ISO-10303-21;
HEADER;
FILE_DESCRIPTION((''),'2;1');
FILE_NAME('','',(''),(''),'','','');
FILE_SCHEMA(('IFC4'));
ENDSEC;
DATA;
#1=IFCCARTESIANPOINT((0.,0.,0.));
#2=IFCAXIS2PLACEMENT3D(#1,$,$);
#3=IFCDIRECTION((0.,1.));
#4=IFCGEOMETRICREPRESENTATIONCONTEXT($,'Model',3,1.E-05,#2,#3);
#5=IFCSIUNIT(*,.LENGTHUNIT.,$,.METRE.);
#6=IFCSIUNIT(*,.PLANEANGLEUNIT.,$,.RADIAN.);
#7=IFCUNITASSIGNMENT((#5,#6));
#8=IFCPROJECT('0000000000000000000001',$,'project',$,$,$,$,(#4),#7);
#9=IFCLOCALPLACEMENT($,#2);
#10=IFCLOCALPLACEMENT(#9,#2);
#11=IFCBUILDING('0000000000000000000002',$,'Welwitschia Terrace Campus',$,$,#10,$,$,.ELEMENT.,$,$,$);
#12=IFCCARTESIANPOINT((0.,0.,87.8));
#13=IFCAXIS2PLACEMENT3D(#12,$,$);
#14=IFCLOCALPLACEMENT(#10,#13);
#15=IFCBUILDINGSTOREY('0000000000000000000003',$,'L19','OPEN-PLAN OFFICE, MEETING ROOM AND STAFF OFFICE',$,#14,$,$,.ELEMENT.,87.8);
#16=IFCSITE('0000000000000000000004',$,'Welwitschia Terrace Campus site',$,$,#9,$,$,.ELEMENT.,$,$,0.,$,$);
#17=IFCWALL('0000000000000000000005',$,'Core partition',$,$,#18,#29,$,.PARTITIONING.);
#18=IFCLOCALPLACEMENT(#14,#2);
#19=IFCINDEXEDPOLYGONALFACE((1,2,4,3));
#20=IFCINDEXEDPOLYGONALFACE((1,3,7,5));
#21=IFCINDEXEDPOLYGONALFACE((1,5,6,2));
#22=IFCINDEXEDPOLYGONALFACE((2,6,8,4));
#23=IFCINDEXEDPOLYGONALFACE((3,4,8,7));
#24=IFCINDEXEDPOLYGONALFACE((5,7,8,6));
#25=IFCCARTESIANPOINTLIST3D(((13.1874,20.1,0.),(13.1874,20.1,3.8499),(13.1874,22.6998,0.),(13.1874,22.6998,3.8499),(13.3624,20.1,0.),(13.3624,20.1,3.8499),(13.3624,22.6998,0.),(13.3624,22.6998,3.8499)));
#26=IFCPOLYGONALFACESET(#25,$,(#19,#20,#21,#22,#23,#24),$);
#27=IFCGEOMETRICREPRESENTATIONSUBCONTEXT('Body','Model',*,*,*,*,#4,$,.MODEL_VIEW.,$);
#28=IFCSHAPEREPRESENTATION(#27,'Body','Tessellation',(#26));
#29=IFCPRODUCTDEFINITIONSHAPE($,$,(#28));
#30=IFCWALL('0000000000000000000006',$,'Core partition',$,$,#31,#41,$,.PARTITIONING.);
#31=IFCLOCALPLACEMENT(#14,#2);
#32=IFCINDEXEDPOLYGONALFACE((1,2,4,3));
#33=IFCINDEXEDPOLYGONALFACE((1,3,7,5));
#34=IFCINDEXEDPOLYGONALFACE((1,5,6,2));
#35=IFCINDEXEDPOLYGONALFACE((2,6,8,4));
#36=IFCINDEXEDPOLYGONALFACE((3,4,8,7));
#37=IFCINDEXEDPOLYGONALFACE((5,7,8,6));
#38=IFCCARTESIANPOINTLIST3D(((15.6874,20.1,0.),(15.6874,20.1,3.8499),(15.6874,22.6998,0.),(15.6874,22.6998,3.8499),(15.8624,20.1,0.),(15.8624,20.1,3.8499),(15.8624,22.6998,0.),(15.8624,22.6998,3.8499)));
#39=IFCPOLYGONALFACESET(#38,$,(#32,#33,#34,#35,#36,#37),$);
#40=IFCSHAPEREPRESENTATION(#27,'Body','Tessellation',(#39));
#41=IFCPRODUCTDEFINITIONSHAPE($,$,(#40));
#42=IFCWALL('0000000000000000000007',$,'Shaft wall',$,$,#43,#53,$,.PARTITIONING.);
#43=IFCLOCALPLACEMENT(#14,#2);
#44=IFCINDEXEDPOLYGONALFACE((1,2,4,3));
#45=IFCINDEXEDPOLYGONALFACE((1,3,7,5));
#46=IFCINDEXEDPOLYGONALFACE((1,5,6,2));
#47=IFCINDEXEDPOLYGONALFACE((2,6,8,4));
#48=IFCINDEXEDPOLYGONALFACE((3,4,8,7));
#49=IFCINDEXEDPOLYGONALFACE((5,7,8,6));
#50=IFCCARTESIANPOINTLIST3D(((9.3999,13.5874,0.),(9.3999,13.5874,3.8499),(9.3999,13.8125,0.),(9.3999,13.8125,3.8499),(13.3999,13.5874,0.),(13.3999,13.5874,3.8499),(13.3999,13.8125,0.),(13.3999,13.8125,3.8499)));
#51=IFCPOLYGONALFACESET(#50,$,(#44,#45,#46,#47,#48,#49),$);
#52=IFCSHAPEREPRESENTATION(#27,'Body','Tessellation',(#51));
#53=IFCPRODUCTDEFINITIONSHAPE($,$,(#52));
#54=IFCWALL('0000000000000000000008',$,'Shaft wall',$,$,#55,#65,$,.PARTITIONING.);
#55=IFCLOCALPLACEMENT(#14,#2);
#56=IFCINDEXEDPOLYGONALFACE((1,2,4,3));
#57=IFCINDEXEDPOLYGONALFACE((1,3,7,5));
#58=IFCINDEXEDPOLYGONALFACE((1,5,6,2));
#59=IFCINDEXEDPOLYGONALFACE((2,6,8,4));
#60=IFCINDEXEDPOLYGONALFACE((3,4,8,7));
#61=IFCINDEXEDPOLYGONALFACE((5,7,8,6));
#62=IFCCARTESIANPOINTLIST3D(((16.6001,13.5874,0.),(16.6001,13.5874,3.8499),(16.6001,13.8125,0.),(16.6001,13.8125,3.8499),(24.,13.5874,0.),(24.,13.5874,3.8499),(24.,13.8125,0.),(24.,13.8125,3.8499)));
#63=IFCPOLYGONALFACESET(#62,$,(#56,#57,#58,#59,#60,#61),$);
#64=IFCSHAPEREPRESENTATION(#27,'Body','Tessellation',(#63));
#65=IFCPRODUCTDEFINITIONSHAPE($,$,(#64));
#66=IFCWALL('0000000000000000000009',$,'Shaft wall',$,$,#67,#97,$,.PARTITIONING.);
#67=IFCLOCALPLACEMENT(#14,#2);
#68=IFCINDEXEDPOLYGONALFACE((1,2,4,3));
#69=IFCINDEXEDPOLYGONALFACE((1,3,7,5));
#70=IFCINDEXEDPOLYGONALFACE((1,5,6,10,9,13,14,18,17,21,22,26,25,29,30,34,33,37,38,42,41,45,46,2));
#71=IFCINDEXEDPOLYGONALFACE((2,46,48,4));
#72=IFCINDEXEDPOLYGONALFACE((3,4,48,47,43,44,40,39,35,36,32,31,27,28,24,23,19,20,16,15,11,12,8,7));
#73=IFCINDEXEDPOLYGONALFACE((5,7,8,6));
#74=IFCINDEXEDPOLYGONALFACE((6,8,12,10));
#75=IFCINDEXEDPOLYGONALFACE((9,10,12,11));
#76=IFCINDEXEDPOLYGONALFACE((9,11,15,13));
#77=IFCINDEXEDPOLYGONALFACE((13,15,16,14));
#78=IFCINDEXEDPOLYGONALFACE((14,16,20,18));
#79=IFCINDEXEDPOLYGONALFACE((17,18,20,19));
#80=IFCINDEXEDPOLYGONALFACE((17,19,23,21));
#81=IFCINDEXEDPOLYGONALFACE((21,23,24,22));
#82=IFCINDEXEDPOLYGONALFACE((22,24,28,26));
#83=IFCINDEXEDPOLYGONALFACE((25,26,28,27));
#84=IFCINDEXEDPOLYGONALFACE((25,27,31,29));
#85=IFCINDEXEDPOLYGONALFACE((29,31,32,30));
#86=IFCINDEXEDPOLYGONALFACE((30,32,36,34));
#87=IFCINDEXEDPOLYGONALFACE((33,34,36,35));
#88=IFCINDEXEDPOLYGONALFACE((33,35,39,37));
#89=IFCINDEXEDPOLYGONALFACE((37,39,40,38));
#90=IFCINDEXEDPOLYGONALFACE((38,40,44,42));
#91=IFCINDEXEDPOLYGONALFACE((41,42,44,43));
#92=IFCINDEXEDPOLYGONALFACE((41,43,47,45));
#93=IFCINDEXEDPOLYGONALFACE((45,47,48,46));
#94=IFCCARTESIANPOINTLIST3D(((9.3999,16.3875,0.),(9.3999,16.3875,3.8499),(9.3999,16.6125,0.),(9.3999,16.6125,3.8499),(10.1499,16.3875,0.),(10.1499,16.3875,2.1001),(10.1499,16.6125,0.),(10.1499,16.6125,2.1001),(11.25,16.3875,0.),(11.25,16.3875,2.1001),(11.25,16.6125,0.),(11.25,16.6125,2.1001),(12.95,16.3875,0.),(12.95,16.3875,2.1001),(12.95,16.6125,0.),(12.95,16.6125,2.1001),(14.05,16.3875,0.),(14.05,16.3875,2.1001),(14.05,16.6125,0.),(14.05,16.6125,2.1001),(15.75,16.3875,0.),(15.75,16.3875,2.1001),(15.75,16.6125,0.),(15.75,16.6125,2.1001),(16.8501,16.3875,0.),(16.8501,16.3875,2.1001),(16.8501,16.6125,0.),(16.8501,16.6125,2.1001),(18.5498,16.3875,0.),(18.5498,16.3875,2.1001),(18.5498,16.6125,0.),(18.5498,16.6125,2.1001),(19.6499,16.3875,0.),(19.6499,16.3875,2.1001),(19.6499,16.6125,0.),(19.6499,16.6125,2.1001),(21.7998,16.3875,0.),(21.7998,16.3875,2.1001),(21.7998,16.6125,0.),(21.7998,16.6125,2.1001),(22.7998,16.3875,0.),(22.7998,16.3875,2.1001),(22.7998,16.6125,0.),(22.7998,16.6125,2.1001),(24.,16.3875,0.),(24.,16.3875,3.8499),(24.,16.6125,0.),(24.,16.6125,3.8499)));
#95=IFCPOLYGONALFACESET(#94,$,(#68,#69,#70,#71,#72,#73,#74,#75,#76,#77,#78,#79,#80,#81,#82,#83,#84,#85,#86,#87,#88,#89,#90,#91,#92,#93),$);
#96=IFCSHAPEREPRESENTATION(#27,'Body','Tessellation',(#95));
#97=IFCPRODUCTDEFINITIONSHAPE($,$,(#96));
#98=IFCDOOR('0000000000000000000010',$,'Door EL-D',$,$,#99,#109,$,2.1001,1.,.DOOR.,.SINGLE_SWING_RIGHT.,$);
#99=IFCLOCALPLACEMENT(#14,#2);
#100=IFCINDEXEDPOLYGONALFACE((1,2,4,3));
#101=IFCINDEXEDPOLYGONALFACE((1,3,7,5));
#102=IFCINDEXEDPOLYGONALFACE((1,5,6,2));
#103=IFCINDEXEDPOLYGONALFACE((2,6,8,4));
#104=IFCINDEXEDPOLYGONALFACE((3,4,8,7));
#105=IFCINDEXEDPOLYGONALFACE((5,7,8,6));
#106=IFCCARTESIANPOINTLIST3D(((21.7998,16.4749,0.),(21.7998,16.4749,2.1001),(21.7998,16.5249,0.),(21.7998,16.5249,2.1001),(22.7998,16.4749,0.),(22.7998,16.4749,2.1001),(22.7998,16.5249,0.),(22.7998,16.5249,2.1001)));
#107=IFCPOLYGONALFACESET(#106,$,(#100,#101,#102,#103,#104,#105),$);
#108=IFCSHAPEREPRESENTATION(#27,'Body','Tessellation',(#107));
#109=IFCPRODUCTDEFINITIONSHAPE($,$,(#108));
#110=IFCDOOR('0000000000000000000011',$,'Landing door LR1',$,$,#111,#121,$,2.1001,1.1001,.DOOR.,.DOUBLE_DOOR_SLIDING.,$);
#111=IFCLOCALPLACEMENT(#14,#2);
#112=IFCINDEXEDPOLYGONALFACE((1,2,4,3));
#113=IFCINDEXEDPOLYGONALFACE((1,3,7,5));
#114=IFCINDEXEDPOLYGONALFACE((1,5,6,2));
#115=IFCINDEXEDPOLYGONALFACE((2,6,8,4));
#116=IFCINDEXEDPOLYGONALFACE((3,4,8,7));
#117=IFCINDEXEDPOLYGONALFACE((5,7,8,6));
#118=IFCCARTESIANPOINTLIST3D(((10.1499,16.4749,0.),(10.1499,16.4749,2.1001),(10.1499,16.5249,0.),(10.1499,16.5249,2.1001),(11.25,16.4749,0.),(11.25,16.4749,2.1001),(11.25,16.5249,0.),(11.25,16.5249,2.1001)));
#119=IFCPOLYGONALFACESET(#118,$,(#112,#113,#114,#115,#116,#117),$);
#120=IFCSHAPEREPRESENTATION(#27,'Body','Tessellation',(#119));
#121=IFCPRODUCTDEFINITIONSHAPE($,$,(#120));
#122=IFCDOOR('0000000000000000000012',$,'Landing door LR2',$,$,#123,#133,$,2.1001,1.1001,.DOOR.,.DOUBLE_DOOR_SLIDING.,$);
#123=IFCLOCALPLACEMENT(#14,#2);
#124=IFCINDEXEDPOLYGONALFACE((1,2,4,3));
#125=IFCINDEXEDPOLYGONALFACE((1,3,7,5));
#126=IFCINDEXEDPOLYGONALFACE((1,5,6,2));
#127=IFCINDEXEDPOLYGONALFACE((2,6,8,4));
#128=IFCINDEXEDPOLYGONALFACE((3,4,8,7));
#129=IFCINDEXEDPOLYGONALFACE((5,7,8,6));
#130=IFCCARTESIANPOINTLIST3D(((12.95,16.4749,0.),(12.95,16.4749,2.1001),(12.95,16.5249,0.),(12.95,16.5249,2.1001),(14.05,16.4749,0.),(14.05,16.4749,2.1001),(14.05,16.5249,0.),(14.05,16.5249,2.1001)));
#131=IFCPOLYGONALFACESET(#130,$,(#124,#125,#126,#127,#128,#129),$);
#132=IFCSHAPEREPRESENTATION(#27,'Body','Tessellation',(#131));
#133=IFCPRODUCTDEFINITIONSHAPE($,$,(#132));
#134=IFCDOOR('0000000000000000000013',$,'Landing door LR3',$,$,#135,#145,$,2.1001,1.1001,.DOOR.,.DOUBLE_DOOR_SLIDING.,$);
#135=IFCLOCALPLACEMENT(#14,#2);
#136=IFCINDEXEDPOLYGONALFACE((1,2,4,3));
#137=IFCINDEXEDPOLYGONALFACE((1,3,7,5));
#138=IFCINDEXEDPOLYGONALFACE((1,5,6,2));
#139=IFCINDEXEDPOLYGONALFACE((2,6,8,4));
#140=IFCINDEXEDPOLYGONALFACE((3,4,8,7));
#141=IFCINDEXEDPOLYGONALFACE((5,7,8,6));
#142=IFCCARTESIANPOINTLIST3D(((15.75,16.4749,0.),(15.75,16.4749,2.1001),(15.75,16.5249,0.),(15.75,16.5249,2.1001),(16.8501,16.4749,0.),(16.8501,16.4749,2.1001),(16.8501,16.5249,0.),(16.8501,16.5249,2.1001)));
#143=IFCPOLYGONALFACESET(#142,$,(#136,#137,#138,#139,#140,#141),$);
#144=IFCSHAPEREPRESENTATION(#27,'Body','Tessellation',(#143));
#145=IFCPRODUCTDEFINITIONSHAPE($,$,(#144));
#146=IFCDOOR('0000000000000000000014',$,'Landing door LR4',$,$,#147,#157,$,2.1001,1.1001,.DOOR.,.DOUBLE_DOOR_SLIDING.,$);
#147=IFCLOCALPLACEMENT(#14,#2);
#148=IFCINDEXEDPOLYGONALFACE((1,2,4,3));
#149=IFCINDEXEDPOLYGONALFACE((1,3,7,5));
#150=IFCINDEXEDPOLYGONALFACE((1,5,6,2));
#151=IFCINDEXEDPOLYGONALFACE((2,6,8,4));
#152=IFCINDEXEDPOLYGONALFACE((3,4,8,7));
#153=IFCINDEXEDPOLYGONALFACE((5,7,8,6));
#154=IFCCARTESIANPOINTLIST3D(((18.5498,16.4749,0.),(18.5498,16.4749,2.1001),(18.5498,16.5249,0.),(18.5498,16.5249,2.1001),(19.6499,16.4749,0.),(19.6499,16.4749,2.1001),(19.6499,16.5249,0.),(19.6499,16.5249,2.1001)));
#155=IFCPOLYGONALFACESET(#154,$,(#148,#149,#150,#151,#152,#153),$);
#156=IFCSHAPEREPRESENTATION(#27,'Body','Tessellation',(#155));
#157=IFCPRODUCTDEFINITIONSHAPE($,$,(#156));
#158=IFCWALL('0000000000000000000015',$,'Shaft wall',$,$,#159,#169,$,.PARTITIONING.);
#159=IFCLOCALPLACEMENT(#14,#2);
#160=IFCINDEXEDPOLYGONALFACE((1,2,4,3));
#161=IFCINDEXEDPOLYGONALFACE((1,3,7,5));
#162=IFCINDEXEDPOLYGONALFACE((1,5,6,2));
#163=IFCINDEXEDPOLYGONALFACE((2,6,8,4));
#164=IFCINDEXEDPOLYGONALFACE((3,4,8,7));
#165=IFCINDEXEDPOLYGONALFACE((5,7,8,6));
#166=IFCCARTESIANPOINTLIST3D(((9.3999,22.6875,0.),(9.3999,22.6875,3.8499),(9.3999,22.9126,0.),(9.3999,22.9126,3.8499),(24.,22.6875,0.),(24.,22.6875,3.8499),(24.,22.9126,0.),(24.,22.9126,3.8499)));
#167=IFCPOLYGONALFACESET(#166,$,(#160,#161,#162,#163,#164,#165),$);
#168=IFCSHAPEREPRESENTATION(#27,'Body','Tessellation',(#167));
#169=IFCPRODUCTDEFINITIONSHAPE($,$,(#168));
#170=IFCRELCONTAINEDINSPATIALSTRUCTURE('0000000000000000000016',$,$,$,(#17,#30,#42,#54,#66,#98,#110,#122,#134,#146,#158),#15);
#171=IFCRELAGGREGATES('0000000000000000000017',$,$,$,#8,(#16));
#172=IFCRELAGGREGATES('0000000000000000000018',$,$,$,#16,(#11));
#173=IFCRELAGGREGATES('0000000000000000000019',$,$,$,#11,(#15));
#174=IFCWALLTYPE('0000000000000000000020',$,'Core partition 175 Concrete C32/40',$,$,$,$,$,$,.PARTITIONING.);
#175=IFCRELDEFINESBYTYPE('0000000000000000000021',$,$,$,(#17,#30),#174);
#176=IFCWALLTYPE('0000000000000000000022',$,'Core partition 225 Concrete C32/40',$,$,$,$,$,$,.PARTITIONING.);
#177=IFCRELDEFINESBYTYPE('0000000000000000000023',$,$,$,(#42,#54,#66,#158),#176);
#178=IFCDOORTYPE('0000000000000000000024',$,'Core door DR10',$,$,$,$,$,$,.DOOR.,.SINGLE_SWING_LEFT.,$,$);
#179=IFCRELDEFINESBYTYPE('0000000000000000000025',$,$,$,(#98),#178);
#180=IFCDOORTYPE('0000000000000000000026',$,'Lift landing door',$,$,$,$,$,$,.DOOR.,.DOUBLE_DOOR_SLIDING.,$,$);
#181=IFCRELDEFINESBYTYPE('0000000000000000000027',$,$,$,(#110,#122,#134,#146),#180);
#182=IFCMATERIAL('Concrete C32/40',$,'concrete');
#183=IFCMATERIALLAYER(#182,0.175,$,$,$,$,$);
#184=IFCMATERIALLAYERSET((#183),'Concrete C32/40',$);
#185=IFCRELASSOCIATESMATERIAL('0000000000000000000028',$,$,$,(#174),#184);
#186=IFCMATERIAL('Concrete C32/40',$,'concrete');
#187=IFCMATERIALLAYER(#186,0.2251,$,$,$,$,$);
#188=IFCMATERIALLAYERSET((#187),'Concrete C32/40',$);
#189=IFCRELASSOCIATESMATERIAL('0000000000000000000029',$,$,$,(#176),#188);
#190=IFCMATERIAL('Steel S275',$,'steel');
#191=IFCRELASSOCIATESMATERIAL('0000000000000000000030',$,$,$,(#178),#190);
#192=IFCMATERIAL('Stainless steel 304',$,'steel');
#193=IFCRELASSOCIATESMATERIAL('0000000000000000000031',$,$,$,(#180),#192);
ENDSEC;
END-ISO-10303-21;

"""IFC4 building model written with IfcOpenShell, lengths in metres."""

from ifc_helpers import new_model, si_unit, direction, frame, frame_2d, origin, place, context, subcontext, project, spatial, rectangle, extrude, material, layer, layer_set, type_object, element, fill, save


model = new_model("IFC4")

# Units and contexts
model_context = context("Model", 3, precision=1e-05, world=origin(), true_north=direction((0.0, 1.0)))
body_context = subcontext(model_context, "Body", "Model", "MODEL_VIEW")
ifc_project = project(units=[si_unit("LENGTHUNIT", "METRE"), si_unit("PLANEANGLEUNIT", "RADIAN")], contexts=[model_context])

# Site, building, storey
site_placement = place(None, origin())
site = spatial("IfcSite", under=ifc_project, at=site_placement, Name="Welwitschia Terrace Campus site", CompositionType="ELEMENT", RefElevation=0.0)
building_placement = place(site_placement, origin())
building = spatial("IfcBuilding", under=site, at=building_placement, Name="Welwitschia Terrace Campus", CompositionType="ELEMENT")
storey_placement = place(building_placement, frame((0.0, 0.0, 87.8)))
storey = spatial("IfcBuildingStorey", under=building, at=storey_placement, Name="L19", Description="OPEN-PLAN OFFICE, MEETING ROOM AND STAFF OFFICE", CompositionType="ELEMENT", Elevation=87.8)

# Walls
ifc_material_1 = material(Name="Concrete C32/40", Category="concrete")
ifc_layer_1 = layer(ifc_material_1, 0.175)
ifc_layer_set_1 = layer_set([ifc_layer_1], Name="Concrete C32/40")
wall_type_1 = type_object("IfcWallType", Name="Core partition 175 Concrete C32/40", PredefinedType="PARTITIONING", material=ifc_layer_set_1)
for number, where, z_axis, x_axis, name in (
    (1, (13.2749, 20.1001, 0.0), (0.0, 0.0, 1.0), (0.0, 1.0, 0.0), "Core partition"),
    (2, (15.7749, 20.1001, 0.0), (0.0, 0.0, 1.0), (0.0, 1.0, 0.0), "Core partition"),
):
    element("IfcWall", number, at=place(storey_placement, frame(where, z_axis=z_axis, x_axis=x_axis)), inside=storey, type_object=wall_type_1, Name=name, PredefinedType="PARTITIONING", context=body_context, shape_type="SweptSolid", body=[
        extrude(rectangle(XDim=2.5999, YDim=0.175, at=frame_2d((1.2998, 0.0))), origin(), (0.0, 0.0, 1.0), 3.8499),
    ])
ifc_material_2 = material(Name="Concrete C32/40", Category="concrete")
ifc_layer_2 = layer(ifc_material_2, 0.2251)
ifc_layer_set_2 = layer_set([ifc_layer_2], Name="Concrete C32/40")
wall_type_2 = type_object("IfcWallType", Name="Core partition 225 Concrete C32/40", PredefinedType="PARTITIONING", material=ifc_layer_set_2)
wall_1_placement = place(storey_placement, frame((9.3999, 13.7, 0.0), z_axis=(0.0, 0.0, 1.0), x_axis=(1.0, 0.0, 0.0)))
element("IfcWall", 3, at=wall_1_placement, inside=storey, type_object=wall_type_2, Name="Shaft wall", PredefinedType="PARTITIONING", context=body_context, shape_type="SweptSolid", body=[
    extrude(rectangle(XDim=4.0, YDim=0.2251, at=frame_2d((2.0, 0.0))), origin(), (0.0, 0.0, 1.0), 3.8499),
])
wall_2_placement = place(storey_placement, frame((16.6001, 13.7, 0.0), z_axis=(0.0, 0.0, 1.0), x_axis=(1.0, 0.0, 0.0)))
element("IfcWall", 4, at=wall_2_placement, inside=storey, type_object=wall_type_2, Name="Shaft wall", PredefinedType="PARTITIONING", context=body_context, shape_type="SweptSolid", body=[
    extrude(rectangle(XDim=7.3999, YDim=0.2251, at=frame_2d((3.7, 0.0))), origin(), (0.0, 0.0, 1.0), 3.8499),
])

# Wall, openings, doors
wall_3_placement = place(storey_placement, frame((9.3999, 16.5, 0.0), z_axis=(0.0, 0.0, 1.0), x_axis=(1.0, 0.0, 0.0)))
wall_3 = element("IfcWall", 5, at=wall_3_placement, inside=storey, type_object=wall_type_2, Name="Shaft wall", PredefinedType="PARTITIONING", context=body_context, shape_type="SweptSolid", body=[
    extrude(rectangle(XDim=14.6001, YDim=0.2251, at=frame_2d((7.3, 0.0))), origin(), (0.0, 0.0, 1.0), 3.8499),
])
opening_1_placement = place(wall_3_placement, frame((0.75, 0.0, 0.0)))
opening_1 = element("IfcOpeningElement", 6, at=opening_1_placement, cuts=wall_3, PredefinedType="OPENING", context=body_context, shape_type="SweptSolid", body=[
    extrude(rectangle(XDim=1.1001, YDim=2.1001, at=frame_2d((0.55, 1.05))), frame((0.0, 0.1226, 0.0), z_axis=(0.0, -1.0, 0.0), x_axis=(1.0, 0.0, 0.0)), (0.0, 0.0, 1.0), 0.2451),
])
opening_2_placement = place(wall_3_placement, frame((3.55, 0.0, 0.0)))
opening_2 = element("IfcOpeningElement", 7, at=opening_2_placement, cuts=wall_3, PredefinedType="OPENING", context=body_context, shape_type="SweptSolid", body=[
    extrude(rectangle(XDim=1.1001, YDim=2.1001, at=frame_2d((0.55, 1.05))), frame((0.0, 0.1226, 0.0), z_axis=(0.0, -1.0, 0.0), x_axis=(1.0, 0.0, 0.0)), (0.0, 0.0, 1.0), 0.2451),
])
opening_3_placement = place(wall_3_placement, frame((6.3501, 0.0, 0.0)))
opening_3 = element("IfcOpeningElement", 8, at=opening_3_placement, cuts=wall_3, PredefinedType="OPENING", context=body_context, shape_type="SweptSolid", body=[
    extrude(rectangle(XDim=1.1001, YDim=2.1001, at=frame_2d((0.55, 1.05))), frame((0.0, 0.1226, 0.0), z_axis=(0.0, -1.0, 0.0), x_axis=(1.0, 0.0, 0.0)), (0.0, 0.0, 1.0), 0.2451),
])
opening_4_placement = place(wall_3_placement, frame((9.1499, 0.0, 0.0)))
opening_4 = element("IfcOpeningElement", 9, at=opening_4_placement, cuts=wall_3, PredefinedType="OPENING", context=body_context, shape_type="SweptSolid", body=[
    extrude(rectangle(XDim=1.1001, YDim=2.1001, at=frame_2d((0.55, 1.05))), frame((0.0, 0.1226, 0.0), z_axis=(0.0, -1.0, 0.0), x_axis=(1.0, 0.0, 0.0)), (0.0, 0.0, 1.0), 0.2451),
])
opening_5_placement = place(wall_3_placement, frame((12.3999, 0.0, 0.0)))
opening_5 = element("IfcOpeningElement", 10, at=opening_5_placement, cuts=wall_3, PredefinedType="OPENING", context=body_context, shape_type="SweptSolid", body=[
    extrude(rectangle(XDim=1.0, YDim=2.1001, at=frame_2d((0.5, 1.05))), frame((0.0, 0.1226, 0.0), z_axis=(0.0, -1.0, 0.0), x_axis=(1.0, 0.0, 0.0)), (0.0, 0.0, 1.0), 0.2451),
])
ifc_material_3 = material(Name="Steel S275", Category="steel")
door_type_1 = type_object("IfcDoorType", Name="Core door DR10", OperationType="SINGLE_SWING_LEFT", PredefinedType="DOOR", material=ifc_material_3)
door_1_placement = place(opening_5_placement, origin())
door_1 = element("IfcDoor", 11, at=door_1_placement, inside=storey, type_object=door_type_1, Name="Door EL-D", OperationType="SINGLE_SWING_RIGHT", OverallHeight=2.1001, OverallWidth=1.0, PredefinedType="DOOR", context=body_context, shape_type="SweptSolid", body=[
    extrude(rectangle(XDim=1.0, YDim=2.1001, at=frame_2d((0.5, 1.05))), frame((0.0, 0.0249, 0.0), z_axis=(0.0, -1.0, 0.0), x_axis=(1.0, 0.0, 0.0)), (0.0, 0.0, 1.0), 0.05),
])
fill(opening_5, door_1)
ifc_material_4 = material(Name="Stainless steel 304", Category="steel")
door_type_2 = type_object("IfcDoorType", Name="Lift landing door", OperationType="DOUBLE_DOOR_SLIDING", PredefinedType="DOOR", material=ifc_material_4)
door_2_placement = place(opening_1_placement, origin())
door_2 = element("IfcDoor", 12, at=door_2_placement, inside=storey, type_object=door_type_2, Name="Landing door LR1", OperationType="DOUBLE_DOOR_SLIDING", OverallHeight=2.1001, OverallWidth=1.1001, PredefinedType="DOOR", context=body_context, shape_type="SweptSolid", body=[
    extrude(rectangle(XDim=1.1001, YDim=2.1001, at=frame_2d((0.55, 1.05))), frame((0.0, 0.0249, 0.0), z_axis=(0.0, -1.0, 0.0), x_axis=(1.0, 0.0, 0.0)), (0.0, 0.0, 1.0), 0.05),
])
fill(opening_1, door_2)
door_3_placement = place(opening_2_placement, origin())
door_3 = element("IfcDoor", 13, at=door_3_placement, inside=storey, type_object=door_type_2, Name="Landing door LR2", OperationType="DOUBLE_DOOR_SLIDING", OverallHeight=2.1001, OverallWidth=1.1001, PredefinedType="DOOR", context=body_context, shape_type="SweptSolid", body=[
    extrude(rectangle(XDim=1.1001, YDim=2.1001, at=frame_2d((0.55, 1.05))), frame((0.0, 0.0249, 0.0), z_axis=(0.0, -1.0, 0.0), x_axis=(1.0, 0.0, 0.0)), (0.0, 0.0, 1.0), 0.05),
])
fill(opening_2, door_3)
door_4_placement = place(opening_3_placement, origin())
door_4 = element("IfcDoor", 14, at=door_4_placement, inside=storey, type_object=door_type_2, Name="Landing door LR3", OperationType="DOUBLE_DOOR_SLIDING", OverallHeight=2.1001, OverallWidth=1.1001, PredefinedType="DOOR", context=body_context, shape_type="SweptSolid", body=[
    extrude(rectangle(XDim=1.1001, YDim=2.1001, at=frame_2d((0.55, 1.05))), frame((0.0, 0.0249, 0.0), z_axis=(0.0, -1.0, 0.0), x_axis=(1.0, 0.0, 0.0)), (0.0, 0.0, 1.0), 0.05),
])
fill(opening_3, door_4)
door_5_placement = place(opening_4_placement, origin())
door_5 = element("IfcDoor", 15, at=door_5_placement, inside=storey, type_object=door_type_2, Name="Landing door LR4", OperationType="DOUBLE_DOOR_SLIDING", OverallHeight=2.1001, OverallWidth=1.1001, PredefinedType="DOOR", context=body_context, shape_type="SweptSolid", body=[
    extrude(rectangle(XDim=1.1001, YDim=2.1001, at=frame_2d((0.55, 1.05))), frame((0.0, 0.0249, 0.0), z_axis=(0.0, -1.0, 0.0), x_axis=(1.0, 0.0, 0.0)), (0.0, 0.0, 1.0), 0.05),
])
fill(opening_4, door_5)

# Wall
wall_4_placement = place(storey_placement, frame((9.3999, 22.8, 0.0), z_axis=(0.0, 0.0, 1.0), x_axis=(1.0, 0.0, 0.0)))
element("IfcWall", 16, at=wall_4_placement, inside=storey, type_object=wall_type_2, Name="Shaft wall", PredefinedType="PARTITIONING", context=body_context, shape_type="SweptSolid", body=[
    extrude(rectangle(XDim=14.6001, YDim=0.2251, at=frame_2d((7.3, 0.0))), origin(), (0.0, 0.0, 1.0), 3.8499),
])

save(model, "model.ifc")
